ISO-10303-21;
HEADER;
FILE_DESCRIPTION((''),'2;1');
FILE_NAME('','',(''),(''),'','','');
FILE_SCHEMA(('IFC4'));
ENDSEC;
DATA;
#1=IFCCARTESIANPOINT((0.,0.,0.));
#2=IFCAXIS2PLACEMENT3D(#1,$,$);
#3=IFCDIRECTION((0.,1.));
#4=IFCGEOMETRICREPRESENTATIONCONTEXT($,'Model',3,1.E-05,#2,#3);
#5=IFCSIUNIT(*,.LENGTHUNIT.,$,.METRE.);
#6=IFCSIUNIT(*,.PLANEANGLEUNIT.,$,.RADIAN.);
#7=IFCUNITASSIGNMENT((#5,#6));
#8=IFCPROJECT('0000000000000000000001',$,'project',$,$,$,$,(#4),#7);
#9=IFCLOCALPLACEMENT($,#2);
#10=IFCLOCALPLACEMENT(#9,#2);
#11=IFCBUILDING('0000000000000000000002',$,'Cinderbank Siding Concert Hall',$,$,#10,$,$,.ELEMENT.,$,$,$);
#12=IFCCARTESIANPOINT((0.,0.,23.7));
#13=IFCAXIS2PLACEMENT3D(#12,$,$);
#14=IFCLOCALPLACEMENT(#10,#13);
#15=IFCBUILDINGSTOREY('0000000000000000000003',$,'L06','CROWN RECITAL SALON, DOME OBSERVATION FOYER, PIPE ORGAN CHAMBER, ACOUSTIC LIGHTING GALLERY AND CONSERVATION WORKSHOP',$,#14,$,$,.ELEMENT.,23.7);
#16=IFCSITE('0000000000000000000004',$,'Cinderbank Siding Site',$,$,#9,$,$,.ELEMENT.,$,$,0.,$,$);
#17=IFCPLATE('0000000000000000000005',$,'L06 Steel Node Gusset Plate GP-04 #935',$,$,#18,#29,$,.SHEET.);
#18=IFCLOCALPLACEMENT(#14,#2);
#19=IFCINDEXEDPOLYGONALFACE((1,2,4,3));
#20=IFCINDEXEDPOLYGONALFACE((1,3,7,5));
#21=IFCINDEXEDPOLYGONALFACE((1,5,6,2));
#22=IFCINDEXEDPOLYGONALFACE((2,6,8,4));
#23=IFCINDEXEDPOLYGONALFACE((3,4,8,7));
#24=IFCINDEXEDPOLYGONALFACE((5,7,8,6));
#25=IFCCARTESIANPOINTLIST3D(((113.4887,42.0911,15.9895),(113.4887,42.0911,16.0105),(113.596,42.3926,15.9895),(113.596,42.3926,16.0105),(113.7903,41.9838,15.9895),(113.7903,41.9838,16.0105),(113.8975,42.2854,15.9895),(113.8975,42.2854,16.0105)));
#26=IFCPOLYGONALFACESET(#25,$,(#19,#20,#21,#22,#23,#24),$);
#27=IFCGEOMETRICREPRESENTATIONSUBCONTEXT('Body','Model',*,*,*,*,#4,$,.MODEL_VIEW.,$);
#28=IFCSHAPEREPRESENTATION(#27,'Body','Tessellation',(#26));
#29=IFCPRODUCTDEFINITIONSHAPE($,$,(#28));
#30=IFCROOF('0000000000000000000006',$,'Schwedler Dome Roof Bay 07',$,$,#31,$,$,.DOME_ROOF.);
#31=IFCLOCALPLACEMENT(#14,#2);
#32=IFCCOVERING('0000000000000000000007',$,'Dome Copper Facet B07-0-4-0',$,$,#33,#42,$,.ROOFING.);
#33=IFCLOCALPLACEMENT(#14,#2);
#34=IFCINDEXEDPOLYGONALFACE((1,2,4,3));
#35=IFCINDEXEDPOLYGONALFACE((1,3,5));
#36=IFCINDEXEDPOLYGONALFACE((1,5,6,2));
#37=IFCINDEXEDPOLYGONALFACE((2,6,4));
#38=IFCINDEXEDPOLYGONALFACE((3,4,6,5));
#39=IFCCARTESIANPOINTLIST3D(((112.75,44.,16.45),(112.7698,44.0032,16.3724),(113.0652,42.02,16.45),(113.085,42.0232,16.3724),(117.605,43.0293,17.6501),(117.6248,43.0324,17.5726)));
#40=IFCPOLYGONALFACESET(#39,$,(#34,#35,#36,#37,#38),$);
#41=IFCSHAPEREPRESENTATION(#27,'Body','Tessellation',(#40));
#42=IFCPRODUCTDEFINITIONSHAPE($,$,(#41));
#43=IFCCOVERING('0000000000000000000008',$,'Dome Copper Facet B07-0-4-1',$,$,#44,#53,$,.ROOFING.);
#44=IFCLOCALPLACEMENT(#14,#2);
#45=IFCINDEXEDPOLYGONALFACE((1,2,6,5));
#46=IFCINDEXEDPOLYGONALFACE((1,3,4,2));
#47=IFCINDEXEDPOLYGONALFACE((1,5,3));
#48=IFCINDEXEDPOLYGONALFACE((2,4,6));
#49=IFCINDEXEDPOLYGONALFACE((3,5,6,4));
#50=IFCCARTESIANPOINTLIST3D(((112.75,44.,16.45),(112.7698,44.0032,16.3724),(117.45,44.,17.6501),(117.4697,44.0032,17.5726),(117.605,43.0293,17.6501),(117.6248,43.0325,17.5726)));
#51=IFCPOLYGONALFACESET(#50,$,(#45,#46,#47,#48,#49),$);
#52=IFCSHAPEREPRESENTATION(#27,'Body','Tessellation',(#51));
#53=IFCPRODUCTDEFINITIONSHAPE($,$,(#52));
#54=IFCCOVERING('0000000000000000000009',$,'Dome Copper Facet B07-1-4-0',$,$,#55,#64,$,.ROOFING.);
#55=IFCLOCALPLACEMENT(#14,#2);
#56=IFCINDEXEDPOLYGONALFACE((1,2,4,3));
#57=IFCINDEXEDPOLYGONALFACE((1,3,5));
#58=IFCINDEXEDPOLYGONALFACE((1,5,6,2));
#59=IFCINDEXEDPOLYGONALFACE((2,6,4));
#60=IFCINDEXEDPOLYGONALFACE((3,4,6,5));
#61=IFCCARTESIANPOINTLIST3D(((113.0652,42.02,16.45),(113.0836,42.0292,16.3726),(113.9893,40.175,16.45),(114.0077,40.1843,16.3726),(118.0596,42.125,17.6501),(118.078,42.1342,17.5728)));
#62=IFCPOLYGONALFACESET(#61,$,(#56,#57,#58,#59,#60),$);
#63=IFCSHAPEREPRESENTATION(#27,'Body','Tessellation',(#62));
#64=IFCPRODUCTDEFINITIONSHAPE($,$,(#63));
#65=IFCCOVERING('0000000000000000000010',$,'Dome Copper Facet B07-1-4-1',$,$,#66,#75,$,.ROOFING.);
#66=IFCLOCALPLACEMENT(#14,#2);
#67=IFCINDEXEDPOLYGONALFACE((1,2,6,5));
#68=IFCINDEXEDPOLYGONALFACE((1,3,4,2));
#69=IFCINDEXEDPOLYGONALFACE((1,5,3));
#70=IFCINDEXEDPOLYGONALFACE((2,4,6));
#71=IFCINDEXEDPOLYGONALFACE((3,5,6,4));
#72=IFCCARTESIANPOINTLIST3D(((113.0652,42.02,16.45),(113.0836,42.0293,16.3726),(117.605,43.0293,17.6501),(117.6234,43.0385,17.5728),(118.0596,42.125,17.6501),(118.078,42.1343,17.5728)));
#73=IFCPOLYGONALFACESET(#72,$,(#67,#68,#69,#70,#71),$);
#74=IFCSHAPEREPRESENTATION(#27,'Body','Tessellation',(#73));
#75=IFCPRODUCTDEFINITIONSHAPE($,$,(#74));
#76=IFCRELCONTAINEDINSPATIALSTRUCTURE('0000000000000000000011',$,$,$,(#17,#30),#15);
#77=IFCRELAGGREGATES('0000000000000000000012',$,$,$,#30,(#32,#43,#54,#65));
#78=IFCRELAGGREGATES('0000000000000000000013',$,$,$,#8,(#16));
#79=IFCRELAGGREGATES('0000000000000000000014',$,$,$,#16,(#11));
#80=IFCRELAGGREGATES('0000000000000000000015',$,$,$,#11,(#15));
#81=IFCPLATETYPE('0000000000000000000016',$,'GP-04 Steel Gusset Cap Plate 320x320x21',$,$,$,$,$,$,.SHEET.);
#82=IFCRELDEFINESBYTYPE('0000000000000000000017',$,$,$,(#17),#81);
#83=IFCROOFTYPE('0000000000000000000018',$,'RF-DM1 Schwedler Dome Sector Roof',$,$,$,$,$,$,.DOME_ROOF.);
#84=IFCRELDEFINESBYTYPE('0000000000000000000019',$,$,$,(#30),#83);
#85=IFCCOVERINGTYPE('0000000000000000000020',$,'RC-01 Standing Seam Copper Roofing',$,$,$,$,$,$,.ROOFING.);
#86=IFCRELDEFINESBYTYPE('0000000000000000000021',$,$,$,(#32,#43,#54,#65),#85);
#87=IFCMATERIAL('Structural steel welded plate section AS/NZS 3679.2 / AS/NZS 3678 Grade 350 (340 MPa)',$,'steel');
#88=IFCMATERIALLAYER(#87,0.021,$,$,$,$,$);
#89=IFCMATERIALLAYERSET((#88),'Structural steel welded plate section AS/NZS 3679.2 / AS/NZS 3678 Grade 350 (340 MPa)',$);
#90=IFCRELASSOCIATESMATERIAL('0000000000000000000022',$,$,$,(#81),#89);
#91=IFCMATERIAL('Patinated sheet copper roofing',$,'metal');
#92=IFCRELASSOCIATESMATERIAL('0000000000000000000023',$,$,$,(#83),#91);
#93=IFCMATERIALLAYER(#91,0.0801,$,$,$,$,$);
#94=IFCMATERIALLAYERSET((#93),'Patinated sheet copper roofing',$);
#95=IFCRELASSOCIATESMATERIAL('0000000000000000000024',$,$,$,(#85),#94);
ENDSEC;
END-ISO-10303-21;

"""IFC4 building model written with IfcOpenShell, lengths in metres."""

from ifc_helpers import new_model, si_unit, direction, frame, origin, origin_2d, place, context, subcontext, project, spatial, polyline, rectangle, outline, extrude, material, layer, layer_set, type_object, element, aggregate, save


model = new_model("IFC4")

# Units and contexts
model_context = context("Model", 3, precision=1e-05, world=origin(), true_north=direction((0.0, 1.0)))
body_context = subcontext(model_context, "Body", "Model", "MODEL_VIEW")
ifc_project = project(units=[si_unit("LENGTHUNIT", "METRE"), si_unit("PLANEANGLEUNIT", "RADIAN")], contexts=[model_context])

# Site, building, storey
site_placement = place(None, origin())
site = spatial("IfcSite", under=ifc_project, at=site_placement, Name="Cinderbank Siding Site", CompositionType="ELEMENT", RefElevation=0.0)
building_placement = place(site_placement, origin())
building = spatial("IfcBuilding", under=site, at=building_placement, Name="Cinderbank Siding Concert Hall", CompositionType="ELEMENT")
storey_placement = place(building_placement, frame((0.0, 0.0, 23.7)))
storey = spatial("IfcBuildingStorey", under=building, at=storey_placement, Name="L06", Description="CROWN RECITAL SALON, DOME OBSERVATION FOYER, PIPE ORGAN CHAMBER, ACOUSTIC LIGHTING GALLERY AND CONSERVATION WORKSHOP", CompositionType="ELEMENT", Elevation=23.7)

# Plate
ifc_material_1 = material(Name="Structural steel welded plate section AS/NZS 3679.2 / AS/NZS 3678 Grade 350 (340 MPa)", Category="steel")
ifc_layer_1 = layer(ifc_material_1, 0.021)
ifc_layer_set_1 = layer_set([ifc_layer_1], Name="Structural steel welded plate section AS/NZS 3679.2 / AS/NZS 3678 Grade 350 (340 MPa)")
plate_type_1 = type_object("IfcPlateType", Name="GP-04 Steel Gusset Cap Plate 320x320x21", PredefinedType="SHEET", material=ifc_layer_set_1)
plate_1_placement = place(storey_placement, frame((113.6931, 42.1882, 15.9895), z_axis=(0.0, 0.0, 1.0), x_axis=(0.942174, -0.335123, 0.0)))
element("IfcPlate", 1, at=plate_1_placement, inside=storey, type_object=plate_type_1, Name="L06 Steel Node Gusset Plate GP-04 #935", PredefinedType="SHEET", context=body_context, shape_type="SweptSolid", body=[
    extrude(rectangle(XDim=0.3201, YDim=0.3201, at=origin_2d()), origin(), (0.0, 0.0, 1.0), 0.021),
])

# Roof, coverings
ifc_material_2 = material(Name="Patinated sheet copper roofing", Category="metal")
roof_type = type_object("IfcRoofType", Name="RF-DM1 Schwedler Dome Sector Roof", PredefinedType="DOME_ROOF", material=ifc_material_2)
roof_placement = place(storey_placement, origin())
roof = element("IfcRoof", 2, at=roof_placement, inside=storey, type_object=roof_type, Name="Schwedler Dome Roof Bay 07", PredefinedType="DOME_ROOF")
ifc_layer_2 = layer(ifc_material_2, 0.0801)
ifc_layer_set_2 = layer_set([ifc_layer_2], Name="Patinated sheet copper roofing")
covering_type = type_object("IfcCoveringType", Name="RC-01 Standing Seam Copper Roofing", PredefinedType="ROOFING", material=ifc_layer_set_2)
covering_1_placement = place(storey_placement, frame((112.75, 44.0, 16.45), z_axis=(-0.247207, -0.039352, 0.968163), x_axis=(0.157207, -0.987566, 0.0)))
covering_1 = element("IfcCovering", 3, at=covering_1_placement, type_object=covering_type, Name="Dome Copper Facet B07-0-4-0", PredefinedType="ROOFING", context=body_context, shape_type="SweptSolid", body=[
    extrude(outline(polyline([(0.0, 0.0), (2.0049, 0.0), (1.7219, 4.7947), (0.0, 0.0)])), origin(), (0.0, 0.0, -1.0), 0.0801),
])
covering_2_placement = place(storey_placement, frame((112.75, 44.0, 16.45), z_axis=(-0.247231, -0.039485, 0.968152), x_axis=(0.952991, -0.190541, 0.235588)))
covering_2 = element("IfcCovering", 4, at=covering_2_placement, type_object=covering_type, Name="Dome Copper Facet B07-0-4-1", PredefinedType="ROOFING", context=body_context, shape_type="SweptSolid", body=[
    extrude(outline(polyline([(0.0, 0.0), (5.0945, 0.0), (4.7618, 0.925), (0.0, 0.0)])), origin(), (0.0, 0.0, -1.0), 0.0801),
])
covering_3_placement = place(storey_placement, frame((113.0652, 42.02, 16.45), z_axis=(-0.229816, -0.115106, 0.966403), x_axis=(0.447829, -0.894119, 0.0)))
covering_3 = element("IfcCovering", 5, at=covering_3_placement, type_object=covering_type, Name="Dome Copper Facet B07-1-4-0", PredefinedType="ROOFING", context=body_context, shape_type="SweptSolid", body=[
    extrude(outline(polyline([(0.0, 0.0), (2.0635, 0.0), (2.1428, 4.6695), (0.0, 0.0)])), origin(), (0.0, 0.0, -1.0), 0.0801),
])
covering_4_placement = place(storey_placement, frame((113.0652, 42.02, 16.45), z_axis=(-0.229796, -0.115519, 0.966359), x_axis=(0.972116, 0.020434, 0.233608)))
covering_4 = element("IfcCovering", 6, at=covering_4_placement, type_object=covering_type, Name="Dome Copper Facet B07-1-4-1", PredefinedType="ROOFING", context=body_context, shape_type="SweptSolid", body=[
    extrude(outline(polyline([(0.0, 0.0), (5.1376, 0.0), (4.7142, 0.9193), (0.0, 0.0)])), origin(), (0.0, 0.0, -1.0), 0.0801),
])
aggregate(roof, [covering_1, covering_2, covering_3, covering_4])

save(model, "model.ifc")
